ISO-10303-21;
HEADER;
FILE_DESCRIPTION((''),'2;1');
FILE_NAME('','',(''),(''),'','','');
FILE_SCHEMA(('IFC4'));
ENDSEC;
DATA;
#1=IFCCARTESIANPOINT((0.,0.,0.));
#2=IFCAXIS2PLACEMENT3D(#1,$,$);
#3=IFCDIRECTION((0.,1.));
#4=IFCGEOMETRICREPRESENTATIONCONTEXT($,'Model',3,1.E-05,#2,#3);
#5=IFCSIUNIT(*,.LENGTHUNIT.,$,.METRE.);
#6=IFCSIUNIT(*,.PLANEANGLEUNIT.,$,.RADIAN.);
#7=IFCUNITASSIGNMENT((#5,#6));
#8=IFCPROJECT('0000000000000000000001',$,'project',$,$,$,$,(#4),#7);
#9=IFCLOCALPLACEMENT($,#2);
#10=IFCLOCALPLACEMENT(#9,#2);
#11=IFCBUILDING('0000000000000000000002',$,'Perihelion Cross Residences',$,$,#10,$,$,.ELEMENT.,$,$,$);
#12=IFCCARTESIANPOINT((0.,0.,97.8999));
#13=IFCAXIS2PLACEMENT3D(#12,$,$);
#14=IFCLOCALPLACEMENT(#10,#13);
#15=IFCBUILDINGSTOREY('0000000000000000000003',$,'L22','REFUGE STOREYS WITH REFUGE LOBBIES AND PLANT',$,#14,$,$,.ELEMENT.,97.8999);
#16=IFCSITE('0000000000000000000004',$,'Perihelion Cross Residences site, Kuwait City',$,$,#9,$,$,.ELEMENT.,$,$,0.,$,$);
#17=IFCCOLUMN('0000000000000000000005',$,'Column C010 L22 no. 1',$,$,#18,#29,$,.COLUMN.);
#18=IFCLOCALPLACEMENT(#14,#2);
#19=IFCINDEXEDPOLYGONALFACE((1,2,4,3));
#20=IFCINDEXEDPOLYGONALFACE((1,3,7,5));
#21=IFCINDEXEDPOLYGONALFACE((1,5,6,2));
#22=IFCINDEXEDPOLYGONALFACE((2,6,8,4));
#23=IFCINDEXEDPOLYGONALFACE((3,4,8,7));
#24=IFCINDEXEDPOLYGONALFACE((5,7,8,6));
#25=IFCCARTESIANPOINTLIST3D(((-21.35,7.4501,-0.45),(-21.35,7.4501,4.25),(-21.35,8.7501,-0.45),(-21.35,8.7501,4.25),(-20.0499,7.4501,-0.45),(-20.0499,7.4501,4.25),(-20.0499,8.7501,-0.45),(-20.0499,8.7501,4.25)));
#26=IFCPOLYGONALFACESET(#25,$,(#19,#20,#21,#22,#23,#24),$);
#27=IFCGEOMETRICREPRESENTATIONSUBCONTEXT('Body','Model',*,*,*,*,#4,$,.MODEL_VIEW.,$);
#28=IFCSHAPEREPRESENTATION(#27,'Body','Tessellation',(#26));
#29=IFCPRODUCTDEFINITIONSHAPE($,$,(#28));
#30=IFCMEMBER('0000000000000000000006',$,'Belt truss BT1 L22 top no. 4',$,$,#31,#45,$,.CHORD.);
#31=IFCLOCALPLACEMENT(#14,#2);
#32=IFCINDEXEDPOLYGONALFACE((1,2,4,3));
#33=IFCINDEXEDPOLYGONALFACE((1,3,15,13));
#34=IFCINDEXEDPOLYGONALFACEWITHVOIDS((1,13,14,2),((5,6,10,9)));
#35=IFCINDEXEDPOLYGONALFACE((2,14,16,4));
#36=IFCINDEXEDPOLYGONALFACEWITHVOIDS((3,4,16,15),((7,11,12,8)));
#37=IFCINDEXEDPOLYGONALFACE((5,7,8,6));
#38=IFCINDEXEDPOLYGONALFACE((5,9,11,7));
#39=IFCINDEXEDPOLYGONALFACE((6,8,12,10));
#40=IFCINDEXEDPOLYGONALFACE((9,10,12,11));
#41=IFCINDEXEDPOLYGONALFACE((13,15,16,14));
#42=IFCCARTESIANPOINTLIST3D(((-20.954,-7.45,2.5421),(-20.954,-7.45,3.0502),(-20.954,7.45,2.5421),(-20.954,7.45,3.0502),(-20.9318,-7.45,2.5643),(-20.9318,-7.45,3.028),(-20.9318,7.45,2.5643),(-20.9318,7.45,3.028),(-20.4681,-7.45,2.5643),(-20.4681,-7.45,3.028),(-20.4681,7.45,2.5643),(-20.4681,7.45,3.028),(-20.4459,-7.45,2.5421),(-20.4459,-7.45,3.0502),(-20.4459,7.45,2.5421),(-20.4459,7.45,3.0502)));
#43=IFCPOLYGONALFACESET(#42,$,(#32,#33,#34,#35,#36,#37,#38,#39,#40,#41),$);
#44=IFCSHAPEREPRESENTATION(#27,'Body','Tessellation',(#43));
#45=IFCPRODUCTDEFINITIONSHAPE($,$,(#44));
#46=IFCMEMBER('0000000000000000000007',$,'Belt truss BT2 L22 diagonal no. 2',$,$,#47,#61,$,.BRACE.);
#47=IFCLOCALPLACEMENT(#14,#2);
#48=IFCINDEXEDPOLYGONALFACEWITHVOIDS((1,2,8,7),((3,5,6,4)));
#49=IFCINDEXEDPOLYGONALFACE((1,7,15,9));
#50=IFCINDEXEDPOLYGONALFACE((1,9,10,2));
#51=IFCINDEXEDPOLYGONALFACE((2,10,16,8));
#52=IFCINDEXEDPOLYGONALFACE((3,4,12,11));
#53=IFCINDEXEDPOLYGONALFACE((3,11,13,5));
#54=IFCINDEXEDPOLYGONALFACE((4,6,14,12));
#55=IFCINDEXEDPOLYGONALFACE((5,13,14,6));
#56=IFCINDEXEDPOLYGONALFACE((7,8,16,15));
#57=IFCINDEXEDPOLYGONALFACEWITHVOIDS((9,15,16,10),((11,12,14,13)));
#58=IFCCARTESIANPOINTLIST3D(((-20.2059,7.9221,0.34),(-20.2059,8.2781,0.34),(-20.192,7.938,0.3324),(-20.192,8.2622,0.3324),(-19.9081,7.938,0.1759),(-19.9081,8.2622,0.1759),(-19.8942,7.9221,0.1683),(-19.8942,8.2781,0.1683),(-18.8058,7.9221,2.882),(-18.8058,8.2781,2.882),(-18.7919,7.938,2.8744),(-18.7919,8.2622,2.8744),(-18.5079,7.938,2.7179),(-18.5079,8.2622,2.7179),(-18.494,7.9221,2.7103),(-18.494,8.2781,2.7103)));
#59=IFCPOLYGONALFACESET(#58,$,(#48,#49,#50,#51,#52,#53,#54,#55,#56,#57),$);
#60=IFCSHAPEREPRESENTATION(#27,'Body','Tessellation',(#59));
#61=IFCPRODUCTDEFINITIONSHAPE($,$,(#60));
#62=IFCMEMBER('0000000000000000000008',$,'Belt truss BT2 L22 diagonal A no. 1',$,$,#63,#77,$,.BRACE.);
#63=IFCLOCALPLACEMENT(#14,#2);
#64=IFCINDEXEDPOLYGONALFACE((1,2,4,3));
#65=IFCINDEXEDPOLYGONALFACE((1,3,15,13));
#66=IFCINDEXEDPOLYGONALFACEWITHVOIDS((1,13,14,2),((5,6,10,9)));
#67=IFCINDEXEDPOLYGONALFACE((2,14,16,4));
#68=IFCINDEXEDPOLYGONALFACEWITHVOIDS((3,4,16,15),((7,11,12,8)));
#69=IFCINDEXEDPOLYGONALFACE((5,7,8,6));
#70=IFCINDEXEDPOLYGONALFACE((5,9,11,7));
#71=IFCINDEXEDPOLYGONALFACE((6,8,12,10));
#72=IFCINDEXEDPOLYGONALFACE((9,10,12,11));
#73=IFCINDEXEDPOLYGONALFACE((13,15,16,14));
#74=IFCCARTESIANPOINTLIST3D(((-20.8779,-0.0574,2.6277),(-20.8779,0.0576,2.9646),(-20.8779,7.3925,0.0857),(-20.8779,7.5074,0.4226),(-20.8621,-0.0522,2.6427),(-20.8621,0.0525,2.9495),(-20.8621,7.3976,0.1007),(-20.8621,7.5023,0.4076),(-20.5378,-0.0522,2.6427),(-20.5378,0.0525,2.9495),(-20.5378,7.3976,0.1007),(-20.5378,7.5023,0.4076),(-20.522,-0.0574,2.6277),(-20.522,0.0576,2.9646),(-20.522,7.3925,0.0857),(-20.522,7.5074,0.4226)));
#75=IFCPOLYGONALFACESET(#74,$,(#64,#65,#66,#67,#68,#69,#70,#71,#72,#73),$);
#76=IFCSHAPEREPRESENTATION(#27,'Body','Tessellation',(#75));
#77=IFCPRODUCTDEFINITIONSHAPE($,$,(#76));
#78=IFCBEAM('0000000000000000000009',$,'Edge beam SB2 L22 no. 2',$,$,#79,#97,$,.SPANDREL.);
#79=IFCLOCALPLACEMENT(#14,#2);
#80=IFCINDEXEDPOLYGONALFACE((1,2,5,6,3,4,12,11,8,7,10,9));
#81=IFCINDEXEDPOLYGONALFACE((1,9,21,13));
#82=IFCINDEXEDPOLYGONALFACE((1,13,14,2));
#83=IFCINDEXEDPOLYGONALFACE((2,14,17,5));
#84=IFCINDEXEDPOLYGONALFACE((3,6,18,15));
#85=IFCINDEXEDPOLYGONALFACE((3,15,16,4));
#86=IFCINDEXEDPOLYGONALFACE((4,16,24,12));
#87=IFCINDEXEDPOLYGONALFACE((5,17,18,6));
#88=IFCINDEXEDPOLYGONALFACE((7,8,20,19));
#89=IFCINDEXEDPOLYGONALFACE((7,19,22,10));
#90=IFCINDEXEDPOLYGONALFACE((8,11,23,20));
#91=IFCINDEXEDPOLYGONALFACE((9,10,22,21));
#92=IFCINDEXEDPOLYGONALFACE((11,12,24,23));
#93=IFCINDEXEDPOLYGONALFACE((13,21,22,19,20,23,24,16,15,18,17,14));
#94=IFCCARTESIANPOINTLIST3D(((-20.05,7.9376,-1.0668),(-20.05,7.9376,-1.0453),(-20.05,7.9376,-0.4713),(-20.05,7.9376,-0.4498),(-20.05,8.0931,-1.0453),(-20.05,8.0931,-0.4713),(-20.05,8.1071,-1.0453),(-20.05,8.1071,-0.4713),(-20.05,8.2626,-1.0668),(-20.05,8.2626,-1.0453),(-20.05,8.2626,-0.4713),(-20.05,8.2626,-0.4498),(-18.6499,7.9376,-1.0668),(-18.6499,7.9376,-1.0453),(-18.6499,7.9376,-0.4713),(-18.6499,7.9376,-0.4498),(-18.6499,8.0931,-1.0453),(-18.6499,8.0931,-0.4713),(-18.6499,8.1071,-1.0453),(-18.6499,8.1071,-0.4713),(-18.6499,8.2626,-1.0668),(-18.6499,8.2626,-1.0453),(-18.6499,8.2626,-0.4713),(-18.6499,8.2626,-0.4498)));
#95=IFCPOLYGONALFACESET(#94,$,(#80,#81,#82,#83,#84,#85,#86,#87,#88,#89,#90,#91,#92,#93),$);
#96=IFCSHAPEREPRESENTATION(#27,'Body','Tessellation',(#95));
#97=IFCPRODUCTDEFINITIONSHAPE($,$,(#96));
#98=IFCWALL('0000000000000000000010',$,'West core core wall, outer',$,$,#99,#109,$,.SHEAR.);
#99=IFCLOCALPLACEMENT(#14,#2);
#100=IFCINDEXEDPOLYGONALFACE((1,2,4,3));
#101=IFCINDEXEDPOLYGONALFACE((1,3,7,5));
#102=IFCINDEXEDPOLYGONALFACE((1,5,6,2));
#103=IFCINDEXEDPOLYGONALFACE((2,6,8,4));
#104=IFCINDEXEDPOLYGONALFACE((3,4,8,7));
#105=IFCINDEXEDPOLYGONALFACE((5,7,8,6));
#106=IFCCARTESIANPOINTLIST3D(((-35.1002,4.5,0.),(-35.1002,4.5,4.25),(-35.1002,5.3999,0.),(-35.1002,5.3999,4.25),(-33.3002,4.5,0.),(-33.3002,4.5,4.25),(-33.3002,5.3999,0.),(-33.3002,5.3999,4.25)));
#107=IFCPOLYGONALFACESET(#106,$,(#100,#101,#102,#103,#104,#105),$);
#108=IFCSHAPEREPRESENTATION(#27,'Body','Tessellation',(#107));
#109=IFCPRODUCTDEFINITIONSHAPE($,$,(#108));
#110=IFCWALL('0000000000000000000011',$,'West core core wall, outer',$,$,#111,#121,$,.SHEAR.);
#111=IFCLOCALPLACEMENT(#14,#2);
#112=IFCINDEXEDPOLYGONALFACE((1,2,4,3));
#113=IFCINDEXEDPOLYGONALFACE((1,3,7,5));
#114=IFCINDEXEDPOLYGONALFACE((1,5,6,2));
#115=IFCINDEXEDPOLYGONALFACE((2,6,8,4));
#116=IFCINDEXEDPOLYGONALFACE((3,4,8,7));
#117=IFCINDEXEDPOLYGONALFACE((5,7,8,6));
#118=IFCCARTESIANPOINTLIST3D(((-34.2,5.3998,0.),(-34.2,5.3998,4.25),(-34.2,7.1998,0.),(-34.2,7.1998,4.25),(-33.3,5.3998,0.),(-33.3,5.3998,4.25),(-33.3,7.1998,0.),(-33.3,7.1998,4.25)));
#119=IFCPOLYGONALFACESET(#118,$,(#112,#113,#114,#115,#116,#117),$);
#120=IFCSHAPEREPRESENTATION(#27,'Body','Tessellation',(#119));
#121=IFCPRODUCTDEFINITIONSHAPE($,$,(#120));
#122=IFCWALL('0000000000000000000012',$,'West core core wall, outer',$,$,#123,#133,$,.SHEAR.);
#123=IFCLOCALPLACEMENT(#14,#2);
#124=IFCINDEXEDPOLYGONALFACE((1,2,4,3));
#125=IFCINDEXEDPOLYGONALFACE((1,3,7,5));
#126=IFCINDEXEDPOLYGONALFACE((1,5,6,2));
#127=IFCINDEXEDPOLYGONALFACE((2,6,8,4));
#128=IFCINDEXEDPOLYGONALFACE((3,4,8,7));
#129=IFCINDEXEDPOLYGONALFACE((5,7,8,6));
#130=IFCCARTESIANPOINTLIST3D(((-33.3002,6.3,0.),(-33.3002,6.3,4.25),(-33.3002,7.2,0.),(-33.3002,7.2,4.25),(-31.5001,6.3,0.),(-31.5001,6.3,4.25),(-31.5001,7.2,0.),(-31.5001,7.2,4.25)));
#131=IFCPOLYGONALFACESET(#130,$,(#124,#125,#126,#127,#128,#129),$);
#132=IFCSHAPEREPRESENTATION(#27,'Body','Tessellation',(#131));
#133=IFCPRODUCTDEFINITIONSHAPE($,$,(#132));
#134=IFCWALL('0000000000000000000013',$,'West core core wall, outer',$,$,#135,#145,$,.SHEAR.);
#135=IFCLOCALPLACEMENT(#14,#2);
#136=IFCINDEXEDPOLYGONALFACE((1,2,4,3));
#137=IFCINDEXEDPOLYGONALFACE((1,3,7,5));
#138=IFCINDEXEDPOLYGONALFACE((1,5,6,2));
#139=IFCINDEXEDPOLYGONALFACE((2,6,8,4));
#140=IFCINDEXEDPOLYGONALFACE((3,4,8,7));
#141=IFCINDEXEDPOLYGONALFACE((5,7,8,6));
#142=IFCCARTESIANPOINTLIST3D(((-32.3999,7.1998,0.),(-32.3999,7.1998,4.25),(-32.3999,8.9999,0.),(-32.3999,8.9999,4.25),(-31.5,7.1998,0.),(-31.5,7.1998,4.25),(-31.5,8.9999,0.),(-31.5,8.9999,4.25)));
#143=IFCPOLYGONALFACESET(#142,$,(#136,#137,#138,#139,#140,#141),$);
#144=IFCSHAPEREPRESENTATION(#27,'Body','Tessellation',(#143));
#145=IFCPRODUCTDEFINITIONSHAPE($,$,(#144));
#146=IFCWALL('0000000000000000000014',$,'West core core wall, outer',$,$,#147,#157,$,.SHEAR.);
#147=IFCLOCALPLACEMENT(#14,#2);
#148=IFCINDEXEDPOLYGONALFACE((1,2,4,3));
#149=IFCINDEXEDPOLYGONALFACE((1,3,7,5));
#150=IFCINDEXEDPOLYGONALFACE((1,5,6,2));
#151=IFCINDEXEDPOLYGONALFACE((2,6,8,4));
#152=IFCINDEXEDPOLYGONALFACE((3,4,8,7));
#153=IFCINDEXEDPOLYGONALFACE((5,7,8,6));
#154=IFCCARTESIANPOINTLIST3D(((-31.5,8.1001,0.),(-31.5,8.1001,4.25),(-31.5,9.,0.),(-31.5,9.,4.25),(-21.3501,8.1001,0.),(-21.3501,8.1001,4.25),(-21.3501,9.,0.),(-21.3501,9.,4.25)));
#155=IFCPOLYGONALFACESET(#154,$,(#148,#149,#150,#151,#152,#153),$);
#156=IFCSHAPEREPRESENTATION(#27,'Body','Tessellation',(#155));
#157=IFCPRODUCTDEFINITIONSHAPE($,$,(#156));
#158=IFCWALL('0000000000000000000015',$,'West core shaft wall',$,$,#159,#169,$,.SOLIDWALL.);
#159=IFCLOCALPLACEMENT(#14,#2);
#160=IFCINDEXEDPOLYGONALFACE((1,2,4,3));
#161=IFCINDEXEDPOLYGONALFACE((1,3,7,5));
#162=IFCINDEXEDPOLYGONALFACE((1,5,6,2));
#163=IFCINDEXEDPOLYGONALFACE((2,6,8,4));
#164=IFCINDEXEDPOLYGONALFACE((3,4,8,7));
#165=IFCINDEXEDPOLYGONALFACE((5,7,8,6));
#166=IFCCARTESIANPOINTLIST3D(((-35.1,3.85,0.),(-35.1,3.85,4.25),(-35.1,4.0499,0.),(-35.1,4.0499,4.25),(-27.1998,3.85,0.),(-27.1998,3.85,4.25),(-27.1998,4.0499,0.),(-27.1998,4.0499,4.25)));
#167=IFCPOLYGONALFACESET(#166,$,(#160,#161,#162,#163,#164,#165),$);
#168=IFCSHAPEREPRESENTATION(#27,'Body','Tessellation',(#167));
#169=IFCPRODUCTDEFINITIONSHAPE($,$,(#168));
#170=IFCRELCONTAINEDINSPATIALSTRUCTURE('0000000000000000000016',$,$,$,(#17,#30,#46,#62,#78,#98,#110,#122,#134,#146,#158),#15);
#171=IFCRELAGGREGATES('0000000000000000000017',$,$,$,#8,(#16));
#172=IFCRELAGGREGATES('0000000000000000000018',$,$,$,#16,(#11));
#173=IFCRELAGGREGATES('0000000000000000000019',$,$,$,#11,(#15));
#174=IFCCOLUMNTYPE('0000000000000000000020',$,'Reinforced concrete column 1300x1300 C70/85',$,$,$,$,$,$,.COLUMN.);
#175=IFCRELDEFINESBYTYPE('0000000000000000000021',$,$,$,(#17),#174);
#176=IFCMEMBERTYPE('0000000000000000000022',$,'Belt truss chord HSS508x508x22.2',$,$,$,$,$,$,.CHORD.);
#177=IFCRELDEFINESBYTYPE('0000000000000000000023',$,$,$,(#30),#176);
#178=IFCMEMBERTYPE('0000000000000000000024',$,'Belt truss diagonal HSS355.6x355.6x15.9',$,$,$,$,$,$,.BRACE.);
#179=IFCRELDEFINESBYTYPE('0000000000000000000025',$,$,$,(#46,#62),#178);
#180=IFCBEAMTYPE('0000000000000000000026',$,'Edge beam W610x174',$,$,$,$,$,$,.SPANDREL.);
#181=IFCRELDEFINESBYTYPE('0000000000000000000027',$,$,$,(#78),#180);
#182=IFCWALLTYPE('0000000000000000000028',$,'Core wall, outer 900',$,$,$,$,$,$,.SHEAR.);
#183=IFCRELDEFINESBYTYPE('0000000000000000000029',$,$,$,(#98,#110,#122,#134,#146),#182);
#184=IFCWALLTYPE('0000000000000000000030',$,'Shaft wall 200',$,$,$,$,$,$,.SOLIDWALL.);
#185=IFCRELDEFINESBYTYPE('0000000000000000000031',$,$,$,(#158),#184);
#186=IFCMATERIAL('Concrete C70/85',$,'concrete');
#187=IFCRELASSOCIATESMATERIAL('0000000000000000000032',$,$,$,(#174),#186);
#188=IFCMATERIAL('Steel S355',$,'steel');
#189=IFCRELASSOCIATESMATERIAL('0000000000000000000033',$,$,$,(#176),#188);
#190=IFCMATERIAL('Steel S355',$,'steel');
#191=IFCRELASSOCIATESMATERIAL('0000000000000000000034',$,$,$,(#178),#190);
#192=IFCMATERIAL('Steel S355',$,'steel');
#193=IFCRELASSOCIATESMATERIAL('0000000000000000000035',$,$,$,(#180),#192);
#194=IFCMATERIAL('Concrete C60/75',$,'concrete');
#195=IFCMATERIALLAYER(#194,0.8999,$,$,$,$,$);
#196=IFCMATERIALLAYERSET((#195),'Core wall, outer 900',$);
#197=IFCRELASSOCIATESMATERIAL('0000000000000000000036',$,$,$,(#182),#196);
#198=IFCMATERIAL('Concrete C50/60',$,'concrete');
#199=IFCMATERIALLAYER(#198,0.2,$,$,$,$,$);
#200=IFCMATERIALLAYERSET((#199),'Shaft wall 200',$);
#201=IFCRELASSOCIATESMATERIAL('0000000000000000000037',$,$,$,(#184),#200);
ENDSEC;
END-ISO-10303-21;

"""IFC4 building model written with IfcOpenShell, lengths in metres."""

from ifc_helpers import new_model, si_unit, direction, frame, frame_2d, origin, origin_2d, place, context, subcontext, project, spatial, rectangle, hollow_rectangle, i_section, extrude, material, layer, layer_set, material_profile, profile_set, type_object, element, save


model = new_model("IFC4")

# Units and contexts
model_context = context("Model", 3, precision=1e-05, world=origin(), true_north=direction((0.0, 1.0)))
body_context = subcontext(model_context, "Body", "Model", "MODEL_VIEW")
ifc_project = project(units=[si_unit("LENGTHUNIT", "METRE"), si_unit("PLANEANGLEUNIT", "RADIAN")], contexts=[model_context])

# Site, building, storey
site_placement = place(None, origin())
site = spatial("IfcSite", under=ifc_project, at=site_placement, Name="Perihelion Cross Residences site, Kuwait City", CompositionType="ELEMENT", RefElevation=0.0)
building_placement = place(site_placement, origin())
building = spatial("IfcBuilding", under=site, at=building_placement, Name="Perihelion Cross Residences", CompositionType="ELEMENT")
storey_placement = place(building_placement, frame((0.0, 0.0, 97.8999)))
storey = spatial("IfcBuildingStorey", under=building, at=storey_placement, Name="L22", Description="REFUGE STOREYS WITH REFUGE LOBBIES AND PLANT", CompositionType="ELEMENT", Elevation=97.8999)

# Column
ifc_material_1 = material(Name="Concrete C70/85", Category="concrete")
ifc_material_profile_1 = material_profile(ifc_material_1, rectangle(XDim=1.3, YDim=1.3, at=origin_2d()), Name="RC 1300x1300")
ifc_profile_set_1 = profile_set([ifc_material_profile_1], Name="Concrete C70/85")
column_type = type_object("IfcColumnType", Name="Reinforced concrete column 1300x1300 C70/85", PredefinedType="COLUMN", material=ifc_profile_set_1)
column_placement = place(storey_placement, frame((-20.7, 8.1001, -0.45), z_axis=(0.0, 0.0, 1.0), x_axis=(1.0, 0.0, 0.0)))
element("IfcColumn", 1, at=column_placement, inside=storey, type_object=column_type, Name="Column C010 L22 no. 1", PredefinedType="COLUMN", context=body_context, shape_type="SweptSolid", body=[
    extrude(rectangle(XDim=1.3, YDim=1.3, at=origin_2d()), origin(), (0.0, 0.0, 1.0), 4.7),
])

# Members
ifc_material_2 = material(Name="Steel S355", Category="steel")
ifc_material_profile_2 = material_profile(ifc_material_2, hollow_rectangle(XDim=0.5081, YDim=0.5081, WallThickness=0.0222, at=origin_2d()), Name="HSS508x508x22.2")
ifc_profile_set_2 = profile_set([ifc_material_profile_2], Name="Steel S355")
member_type_1 = type_object("IfcMemberType", Name="Belt truss chord HSS508x508x22.2", PredefinedType="CHORD", material=ifc_profile_set_2)
member_1_placement = place(storey_placement, frame((-20.7, 7.45, 2.7961), z_axis=(0.0, -1.0, 0.0), x_axis=(1.0, 0.0, 0.0)))
element("IfcMember", 2, at=member_1_placement, inside=storey, type_object=member_type_1, Name="Belt truss BT1 L22 top no. 4", PredefinedType="CHORD", context=body_context, shape_type="SweptSolid", body=[
    extrude(hollow_rectangle(XDim=0.5081, YDim=0.5081, WallThickness=0.0222, at=origin_2d()), origin(), (0.0, 0.0, 1.0), 14.8999),
])
ifc_material_3 = material(Name="Steel S355", Category="steel")
ifc_material_profile_3 = material_profile(ifc_material_3, hollow_rectangle(XDim=0.356, YDim=0.356, WallThickness=0.0159, at=origin_2d()), Name="HSS355.6x355.6x15.9")
ifc_profile_set_3 = profile_set([ifc_material_profile_3], Name="Steel S355")
member_type_2 = type_object("IfcMemberType", Name="Belt truss diagonal HSS355.6x355.6x15.9", PredefinedType="BRACE", material=ifc_profile_set_3)
member_2_placement = place(storey_placement, frame((-20.05, 8.1001, 0.2542), z_axis=(0.482461, 0.0, 0.875917), x_axis=(0.0, 1.0, 0.0)))
element("IfcMember", 3, at=member_2_placement, inside=storey, type_object=member_type_2, Name="Belt truss BT2 L22 diagonal no. 2", PredefinedType="BRACE", context=body_context, shape_type="SweptSolid", body=[
    extrude(hollow_rectangle(XDim=0.356, YDim=0.356, WallThickness=0.0159, at=origin_2d()), origin(), (0.0, 0.0, 1.0), 2.9021),
])
member_3_placement = place(storey_placement, frame((-20.7, 7.45, 0.2542), z_axis=(0.0, -0.946423, 0.322928), x_axis=(1.0, 0.0, 0.0)))
element("IfcMember", 4, at=member_3_placement, inside=storey, type_object=member_type_2, Name="Belt truss BT2 L22 diagonal A no. 1", PredefinedType="BRACE", context=body_context, shape_type="SweptSolid", body=[
    extrude(hollow_rectangle(XDim=0.356, YDim=0.356, WallThickness=0.0159, at=origin_2d()), origin(), (0.0, 0.0, 1.0), 7.8716),
])

# Beam
ifc_material_4 = material(Name="Steel S355", Category="steel")
ifc_material_profile_4 = material_profile(ifc_material_4, i_section(OverallWidth=0.325, OverallDepth=0.6169, WebThickness=0.0139, FlangeThickness=0.0215, at=origin_2d()), Name="W610x174")
ifc_profile_set_4 = profile_set([ifc_material_profile_4], Name="Steel S355")
beam_type = type_object("IfcBeamType", Name="Edge beam W610x174", PredefinedType="SPANDREL", material=ifc_profile_set_4)
beam_placement = place(storey_placement, frame((-18.6499, 8.1001, -0.7583), z_axis=(-1.0, 0.0, 0.0), x_axis=(0.0, -1.0, 0.0)))
element("IfcBeam", 5, at=beam_placement, inside=storey, type_object=beam_type, Name="Edge beam SB2 L22 no. 2", PredefinedType="SPANDREL", context=body_context, shape_type="SweptSolid", body=[
    extrude(i_section(OverallWidth=0.325, OverallDepth=0.6169, WebThickness=0.0139, FlangeThickness=0.0215, at=origin_2d()), origin(), (0.0, 0.0, 1.0), 1.4001),
])

# Walls
ifc_material_5 = material(Name="Concrete C60/75", Category="concrete")
ifc_layer_1 = layer(ifc_material_5, 0.8999)
ifc_layer_set_1 = layer_set([ifc_layer_1], Name="Core wall, outer 900")
wall_type_1 = type_object("IfcWallType", Name="Core wall, outer 900", PredefinedType="SHEAR", material=ifc_layer_set_1)
for number, where, z_axis, x_axis, name in (
    (6, (-35.1001, 4.95, 0.0), (0.0, 0.0, 1.0), (1.0, 0.0, 0.0), "West core core wall, outer"),
    (7, (-33.75, 5.3999, 0.0), (0.0, 0.0, 1.0), (0.0, 1.0, 0.0), "West core core wall, outer"),
    (8, (-33.3, 6.75, 0.0), (0.0, 0.0, 1.0), (1.0, 0.0, 0.0), "West core core wall, outer"),
    (9, (-31.95, 7.2, 0.0), (0.0, 0.0, 1.0), (0.0, 1.0, 0.0), "West core core wall, outer"),
):
    element("IfcWall", number, at=place(storey_placement, frame(where, z_axis=z_axis, x_axis=x_axis)), inside=storey, type_object=wall_type_1, Name=name, PredefinedType="SHEAR", context=body_context, shape_type="SweptSolid", body=[
        extrude(rectangle(XDim=1.8, YDim=0.8999, at=frame_2d((0.8999, 0.0))), origin(), (0.0, 0.0, 1.0), 4.25),
    ])
wall_1_placement = place(storey_placement, frame((-31.5, 8.55, 0.0), z_axis=(0.0, 0.0, 1.0), x_axis=(1.0, 0.0, 0.0)))
element("IfcWall", 10, at=wall_1_placement, inside=storey, type_object=wall_type_1, Name="West core core wall, outer", PredefinedType="SHEAR", context=body_context, shape_type="SweptSolid", body=[
    extrude(rectangle(XDim=10.1499, YDim=0.8999, at=frame_2d((5.075, 0.0))), origin(), (0.0, 0.0, 1.0), 4.25),
])
ifc_material_6 = material(Name="Concrete C50/60", Category="concrete")
ifc_layer_2 = layer(ifc_material_6, 0.2)
ifc_layer_set_2 = layer_set([ifc_layer_2], Name="Shaft wall 200")
wall_type_2 = type_object("IfcWallType", Name="Shaft wall 200", PredefinedType="SOLIDWALL", material=ifc_layer_set_2)
wall_2_placement = place(storey_placement, frame((-35.1001, 3.95, 0.0), z_axis=(0.0, 0.0, 1.0), x_axis=(1.0, 0.0, 0.0)))
element("IfcWall", 11, at=wall_2_placement, inside=storey, type_object=wall_type_2, Name="West core shaft wall", PredefinedType="SOLIDWALL", context=body_context, shape_type="SweptSolid", body=[
    extrude(rectangle(XDim=7.9001, YDim=0.2, at=frame_2d((3.9502, 0.0))), origin(), (0.0, 0.0, 1.0), 4.25),
])

save(model, "model.ifc")
